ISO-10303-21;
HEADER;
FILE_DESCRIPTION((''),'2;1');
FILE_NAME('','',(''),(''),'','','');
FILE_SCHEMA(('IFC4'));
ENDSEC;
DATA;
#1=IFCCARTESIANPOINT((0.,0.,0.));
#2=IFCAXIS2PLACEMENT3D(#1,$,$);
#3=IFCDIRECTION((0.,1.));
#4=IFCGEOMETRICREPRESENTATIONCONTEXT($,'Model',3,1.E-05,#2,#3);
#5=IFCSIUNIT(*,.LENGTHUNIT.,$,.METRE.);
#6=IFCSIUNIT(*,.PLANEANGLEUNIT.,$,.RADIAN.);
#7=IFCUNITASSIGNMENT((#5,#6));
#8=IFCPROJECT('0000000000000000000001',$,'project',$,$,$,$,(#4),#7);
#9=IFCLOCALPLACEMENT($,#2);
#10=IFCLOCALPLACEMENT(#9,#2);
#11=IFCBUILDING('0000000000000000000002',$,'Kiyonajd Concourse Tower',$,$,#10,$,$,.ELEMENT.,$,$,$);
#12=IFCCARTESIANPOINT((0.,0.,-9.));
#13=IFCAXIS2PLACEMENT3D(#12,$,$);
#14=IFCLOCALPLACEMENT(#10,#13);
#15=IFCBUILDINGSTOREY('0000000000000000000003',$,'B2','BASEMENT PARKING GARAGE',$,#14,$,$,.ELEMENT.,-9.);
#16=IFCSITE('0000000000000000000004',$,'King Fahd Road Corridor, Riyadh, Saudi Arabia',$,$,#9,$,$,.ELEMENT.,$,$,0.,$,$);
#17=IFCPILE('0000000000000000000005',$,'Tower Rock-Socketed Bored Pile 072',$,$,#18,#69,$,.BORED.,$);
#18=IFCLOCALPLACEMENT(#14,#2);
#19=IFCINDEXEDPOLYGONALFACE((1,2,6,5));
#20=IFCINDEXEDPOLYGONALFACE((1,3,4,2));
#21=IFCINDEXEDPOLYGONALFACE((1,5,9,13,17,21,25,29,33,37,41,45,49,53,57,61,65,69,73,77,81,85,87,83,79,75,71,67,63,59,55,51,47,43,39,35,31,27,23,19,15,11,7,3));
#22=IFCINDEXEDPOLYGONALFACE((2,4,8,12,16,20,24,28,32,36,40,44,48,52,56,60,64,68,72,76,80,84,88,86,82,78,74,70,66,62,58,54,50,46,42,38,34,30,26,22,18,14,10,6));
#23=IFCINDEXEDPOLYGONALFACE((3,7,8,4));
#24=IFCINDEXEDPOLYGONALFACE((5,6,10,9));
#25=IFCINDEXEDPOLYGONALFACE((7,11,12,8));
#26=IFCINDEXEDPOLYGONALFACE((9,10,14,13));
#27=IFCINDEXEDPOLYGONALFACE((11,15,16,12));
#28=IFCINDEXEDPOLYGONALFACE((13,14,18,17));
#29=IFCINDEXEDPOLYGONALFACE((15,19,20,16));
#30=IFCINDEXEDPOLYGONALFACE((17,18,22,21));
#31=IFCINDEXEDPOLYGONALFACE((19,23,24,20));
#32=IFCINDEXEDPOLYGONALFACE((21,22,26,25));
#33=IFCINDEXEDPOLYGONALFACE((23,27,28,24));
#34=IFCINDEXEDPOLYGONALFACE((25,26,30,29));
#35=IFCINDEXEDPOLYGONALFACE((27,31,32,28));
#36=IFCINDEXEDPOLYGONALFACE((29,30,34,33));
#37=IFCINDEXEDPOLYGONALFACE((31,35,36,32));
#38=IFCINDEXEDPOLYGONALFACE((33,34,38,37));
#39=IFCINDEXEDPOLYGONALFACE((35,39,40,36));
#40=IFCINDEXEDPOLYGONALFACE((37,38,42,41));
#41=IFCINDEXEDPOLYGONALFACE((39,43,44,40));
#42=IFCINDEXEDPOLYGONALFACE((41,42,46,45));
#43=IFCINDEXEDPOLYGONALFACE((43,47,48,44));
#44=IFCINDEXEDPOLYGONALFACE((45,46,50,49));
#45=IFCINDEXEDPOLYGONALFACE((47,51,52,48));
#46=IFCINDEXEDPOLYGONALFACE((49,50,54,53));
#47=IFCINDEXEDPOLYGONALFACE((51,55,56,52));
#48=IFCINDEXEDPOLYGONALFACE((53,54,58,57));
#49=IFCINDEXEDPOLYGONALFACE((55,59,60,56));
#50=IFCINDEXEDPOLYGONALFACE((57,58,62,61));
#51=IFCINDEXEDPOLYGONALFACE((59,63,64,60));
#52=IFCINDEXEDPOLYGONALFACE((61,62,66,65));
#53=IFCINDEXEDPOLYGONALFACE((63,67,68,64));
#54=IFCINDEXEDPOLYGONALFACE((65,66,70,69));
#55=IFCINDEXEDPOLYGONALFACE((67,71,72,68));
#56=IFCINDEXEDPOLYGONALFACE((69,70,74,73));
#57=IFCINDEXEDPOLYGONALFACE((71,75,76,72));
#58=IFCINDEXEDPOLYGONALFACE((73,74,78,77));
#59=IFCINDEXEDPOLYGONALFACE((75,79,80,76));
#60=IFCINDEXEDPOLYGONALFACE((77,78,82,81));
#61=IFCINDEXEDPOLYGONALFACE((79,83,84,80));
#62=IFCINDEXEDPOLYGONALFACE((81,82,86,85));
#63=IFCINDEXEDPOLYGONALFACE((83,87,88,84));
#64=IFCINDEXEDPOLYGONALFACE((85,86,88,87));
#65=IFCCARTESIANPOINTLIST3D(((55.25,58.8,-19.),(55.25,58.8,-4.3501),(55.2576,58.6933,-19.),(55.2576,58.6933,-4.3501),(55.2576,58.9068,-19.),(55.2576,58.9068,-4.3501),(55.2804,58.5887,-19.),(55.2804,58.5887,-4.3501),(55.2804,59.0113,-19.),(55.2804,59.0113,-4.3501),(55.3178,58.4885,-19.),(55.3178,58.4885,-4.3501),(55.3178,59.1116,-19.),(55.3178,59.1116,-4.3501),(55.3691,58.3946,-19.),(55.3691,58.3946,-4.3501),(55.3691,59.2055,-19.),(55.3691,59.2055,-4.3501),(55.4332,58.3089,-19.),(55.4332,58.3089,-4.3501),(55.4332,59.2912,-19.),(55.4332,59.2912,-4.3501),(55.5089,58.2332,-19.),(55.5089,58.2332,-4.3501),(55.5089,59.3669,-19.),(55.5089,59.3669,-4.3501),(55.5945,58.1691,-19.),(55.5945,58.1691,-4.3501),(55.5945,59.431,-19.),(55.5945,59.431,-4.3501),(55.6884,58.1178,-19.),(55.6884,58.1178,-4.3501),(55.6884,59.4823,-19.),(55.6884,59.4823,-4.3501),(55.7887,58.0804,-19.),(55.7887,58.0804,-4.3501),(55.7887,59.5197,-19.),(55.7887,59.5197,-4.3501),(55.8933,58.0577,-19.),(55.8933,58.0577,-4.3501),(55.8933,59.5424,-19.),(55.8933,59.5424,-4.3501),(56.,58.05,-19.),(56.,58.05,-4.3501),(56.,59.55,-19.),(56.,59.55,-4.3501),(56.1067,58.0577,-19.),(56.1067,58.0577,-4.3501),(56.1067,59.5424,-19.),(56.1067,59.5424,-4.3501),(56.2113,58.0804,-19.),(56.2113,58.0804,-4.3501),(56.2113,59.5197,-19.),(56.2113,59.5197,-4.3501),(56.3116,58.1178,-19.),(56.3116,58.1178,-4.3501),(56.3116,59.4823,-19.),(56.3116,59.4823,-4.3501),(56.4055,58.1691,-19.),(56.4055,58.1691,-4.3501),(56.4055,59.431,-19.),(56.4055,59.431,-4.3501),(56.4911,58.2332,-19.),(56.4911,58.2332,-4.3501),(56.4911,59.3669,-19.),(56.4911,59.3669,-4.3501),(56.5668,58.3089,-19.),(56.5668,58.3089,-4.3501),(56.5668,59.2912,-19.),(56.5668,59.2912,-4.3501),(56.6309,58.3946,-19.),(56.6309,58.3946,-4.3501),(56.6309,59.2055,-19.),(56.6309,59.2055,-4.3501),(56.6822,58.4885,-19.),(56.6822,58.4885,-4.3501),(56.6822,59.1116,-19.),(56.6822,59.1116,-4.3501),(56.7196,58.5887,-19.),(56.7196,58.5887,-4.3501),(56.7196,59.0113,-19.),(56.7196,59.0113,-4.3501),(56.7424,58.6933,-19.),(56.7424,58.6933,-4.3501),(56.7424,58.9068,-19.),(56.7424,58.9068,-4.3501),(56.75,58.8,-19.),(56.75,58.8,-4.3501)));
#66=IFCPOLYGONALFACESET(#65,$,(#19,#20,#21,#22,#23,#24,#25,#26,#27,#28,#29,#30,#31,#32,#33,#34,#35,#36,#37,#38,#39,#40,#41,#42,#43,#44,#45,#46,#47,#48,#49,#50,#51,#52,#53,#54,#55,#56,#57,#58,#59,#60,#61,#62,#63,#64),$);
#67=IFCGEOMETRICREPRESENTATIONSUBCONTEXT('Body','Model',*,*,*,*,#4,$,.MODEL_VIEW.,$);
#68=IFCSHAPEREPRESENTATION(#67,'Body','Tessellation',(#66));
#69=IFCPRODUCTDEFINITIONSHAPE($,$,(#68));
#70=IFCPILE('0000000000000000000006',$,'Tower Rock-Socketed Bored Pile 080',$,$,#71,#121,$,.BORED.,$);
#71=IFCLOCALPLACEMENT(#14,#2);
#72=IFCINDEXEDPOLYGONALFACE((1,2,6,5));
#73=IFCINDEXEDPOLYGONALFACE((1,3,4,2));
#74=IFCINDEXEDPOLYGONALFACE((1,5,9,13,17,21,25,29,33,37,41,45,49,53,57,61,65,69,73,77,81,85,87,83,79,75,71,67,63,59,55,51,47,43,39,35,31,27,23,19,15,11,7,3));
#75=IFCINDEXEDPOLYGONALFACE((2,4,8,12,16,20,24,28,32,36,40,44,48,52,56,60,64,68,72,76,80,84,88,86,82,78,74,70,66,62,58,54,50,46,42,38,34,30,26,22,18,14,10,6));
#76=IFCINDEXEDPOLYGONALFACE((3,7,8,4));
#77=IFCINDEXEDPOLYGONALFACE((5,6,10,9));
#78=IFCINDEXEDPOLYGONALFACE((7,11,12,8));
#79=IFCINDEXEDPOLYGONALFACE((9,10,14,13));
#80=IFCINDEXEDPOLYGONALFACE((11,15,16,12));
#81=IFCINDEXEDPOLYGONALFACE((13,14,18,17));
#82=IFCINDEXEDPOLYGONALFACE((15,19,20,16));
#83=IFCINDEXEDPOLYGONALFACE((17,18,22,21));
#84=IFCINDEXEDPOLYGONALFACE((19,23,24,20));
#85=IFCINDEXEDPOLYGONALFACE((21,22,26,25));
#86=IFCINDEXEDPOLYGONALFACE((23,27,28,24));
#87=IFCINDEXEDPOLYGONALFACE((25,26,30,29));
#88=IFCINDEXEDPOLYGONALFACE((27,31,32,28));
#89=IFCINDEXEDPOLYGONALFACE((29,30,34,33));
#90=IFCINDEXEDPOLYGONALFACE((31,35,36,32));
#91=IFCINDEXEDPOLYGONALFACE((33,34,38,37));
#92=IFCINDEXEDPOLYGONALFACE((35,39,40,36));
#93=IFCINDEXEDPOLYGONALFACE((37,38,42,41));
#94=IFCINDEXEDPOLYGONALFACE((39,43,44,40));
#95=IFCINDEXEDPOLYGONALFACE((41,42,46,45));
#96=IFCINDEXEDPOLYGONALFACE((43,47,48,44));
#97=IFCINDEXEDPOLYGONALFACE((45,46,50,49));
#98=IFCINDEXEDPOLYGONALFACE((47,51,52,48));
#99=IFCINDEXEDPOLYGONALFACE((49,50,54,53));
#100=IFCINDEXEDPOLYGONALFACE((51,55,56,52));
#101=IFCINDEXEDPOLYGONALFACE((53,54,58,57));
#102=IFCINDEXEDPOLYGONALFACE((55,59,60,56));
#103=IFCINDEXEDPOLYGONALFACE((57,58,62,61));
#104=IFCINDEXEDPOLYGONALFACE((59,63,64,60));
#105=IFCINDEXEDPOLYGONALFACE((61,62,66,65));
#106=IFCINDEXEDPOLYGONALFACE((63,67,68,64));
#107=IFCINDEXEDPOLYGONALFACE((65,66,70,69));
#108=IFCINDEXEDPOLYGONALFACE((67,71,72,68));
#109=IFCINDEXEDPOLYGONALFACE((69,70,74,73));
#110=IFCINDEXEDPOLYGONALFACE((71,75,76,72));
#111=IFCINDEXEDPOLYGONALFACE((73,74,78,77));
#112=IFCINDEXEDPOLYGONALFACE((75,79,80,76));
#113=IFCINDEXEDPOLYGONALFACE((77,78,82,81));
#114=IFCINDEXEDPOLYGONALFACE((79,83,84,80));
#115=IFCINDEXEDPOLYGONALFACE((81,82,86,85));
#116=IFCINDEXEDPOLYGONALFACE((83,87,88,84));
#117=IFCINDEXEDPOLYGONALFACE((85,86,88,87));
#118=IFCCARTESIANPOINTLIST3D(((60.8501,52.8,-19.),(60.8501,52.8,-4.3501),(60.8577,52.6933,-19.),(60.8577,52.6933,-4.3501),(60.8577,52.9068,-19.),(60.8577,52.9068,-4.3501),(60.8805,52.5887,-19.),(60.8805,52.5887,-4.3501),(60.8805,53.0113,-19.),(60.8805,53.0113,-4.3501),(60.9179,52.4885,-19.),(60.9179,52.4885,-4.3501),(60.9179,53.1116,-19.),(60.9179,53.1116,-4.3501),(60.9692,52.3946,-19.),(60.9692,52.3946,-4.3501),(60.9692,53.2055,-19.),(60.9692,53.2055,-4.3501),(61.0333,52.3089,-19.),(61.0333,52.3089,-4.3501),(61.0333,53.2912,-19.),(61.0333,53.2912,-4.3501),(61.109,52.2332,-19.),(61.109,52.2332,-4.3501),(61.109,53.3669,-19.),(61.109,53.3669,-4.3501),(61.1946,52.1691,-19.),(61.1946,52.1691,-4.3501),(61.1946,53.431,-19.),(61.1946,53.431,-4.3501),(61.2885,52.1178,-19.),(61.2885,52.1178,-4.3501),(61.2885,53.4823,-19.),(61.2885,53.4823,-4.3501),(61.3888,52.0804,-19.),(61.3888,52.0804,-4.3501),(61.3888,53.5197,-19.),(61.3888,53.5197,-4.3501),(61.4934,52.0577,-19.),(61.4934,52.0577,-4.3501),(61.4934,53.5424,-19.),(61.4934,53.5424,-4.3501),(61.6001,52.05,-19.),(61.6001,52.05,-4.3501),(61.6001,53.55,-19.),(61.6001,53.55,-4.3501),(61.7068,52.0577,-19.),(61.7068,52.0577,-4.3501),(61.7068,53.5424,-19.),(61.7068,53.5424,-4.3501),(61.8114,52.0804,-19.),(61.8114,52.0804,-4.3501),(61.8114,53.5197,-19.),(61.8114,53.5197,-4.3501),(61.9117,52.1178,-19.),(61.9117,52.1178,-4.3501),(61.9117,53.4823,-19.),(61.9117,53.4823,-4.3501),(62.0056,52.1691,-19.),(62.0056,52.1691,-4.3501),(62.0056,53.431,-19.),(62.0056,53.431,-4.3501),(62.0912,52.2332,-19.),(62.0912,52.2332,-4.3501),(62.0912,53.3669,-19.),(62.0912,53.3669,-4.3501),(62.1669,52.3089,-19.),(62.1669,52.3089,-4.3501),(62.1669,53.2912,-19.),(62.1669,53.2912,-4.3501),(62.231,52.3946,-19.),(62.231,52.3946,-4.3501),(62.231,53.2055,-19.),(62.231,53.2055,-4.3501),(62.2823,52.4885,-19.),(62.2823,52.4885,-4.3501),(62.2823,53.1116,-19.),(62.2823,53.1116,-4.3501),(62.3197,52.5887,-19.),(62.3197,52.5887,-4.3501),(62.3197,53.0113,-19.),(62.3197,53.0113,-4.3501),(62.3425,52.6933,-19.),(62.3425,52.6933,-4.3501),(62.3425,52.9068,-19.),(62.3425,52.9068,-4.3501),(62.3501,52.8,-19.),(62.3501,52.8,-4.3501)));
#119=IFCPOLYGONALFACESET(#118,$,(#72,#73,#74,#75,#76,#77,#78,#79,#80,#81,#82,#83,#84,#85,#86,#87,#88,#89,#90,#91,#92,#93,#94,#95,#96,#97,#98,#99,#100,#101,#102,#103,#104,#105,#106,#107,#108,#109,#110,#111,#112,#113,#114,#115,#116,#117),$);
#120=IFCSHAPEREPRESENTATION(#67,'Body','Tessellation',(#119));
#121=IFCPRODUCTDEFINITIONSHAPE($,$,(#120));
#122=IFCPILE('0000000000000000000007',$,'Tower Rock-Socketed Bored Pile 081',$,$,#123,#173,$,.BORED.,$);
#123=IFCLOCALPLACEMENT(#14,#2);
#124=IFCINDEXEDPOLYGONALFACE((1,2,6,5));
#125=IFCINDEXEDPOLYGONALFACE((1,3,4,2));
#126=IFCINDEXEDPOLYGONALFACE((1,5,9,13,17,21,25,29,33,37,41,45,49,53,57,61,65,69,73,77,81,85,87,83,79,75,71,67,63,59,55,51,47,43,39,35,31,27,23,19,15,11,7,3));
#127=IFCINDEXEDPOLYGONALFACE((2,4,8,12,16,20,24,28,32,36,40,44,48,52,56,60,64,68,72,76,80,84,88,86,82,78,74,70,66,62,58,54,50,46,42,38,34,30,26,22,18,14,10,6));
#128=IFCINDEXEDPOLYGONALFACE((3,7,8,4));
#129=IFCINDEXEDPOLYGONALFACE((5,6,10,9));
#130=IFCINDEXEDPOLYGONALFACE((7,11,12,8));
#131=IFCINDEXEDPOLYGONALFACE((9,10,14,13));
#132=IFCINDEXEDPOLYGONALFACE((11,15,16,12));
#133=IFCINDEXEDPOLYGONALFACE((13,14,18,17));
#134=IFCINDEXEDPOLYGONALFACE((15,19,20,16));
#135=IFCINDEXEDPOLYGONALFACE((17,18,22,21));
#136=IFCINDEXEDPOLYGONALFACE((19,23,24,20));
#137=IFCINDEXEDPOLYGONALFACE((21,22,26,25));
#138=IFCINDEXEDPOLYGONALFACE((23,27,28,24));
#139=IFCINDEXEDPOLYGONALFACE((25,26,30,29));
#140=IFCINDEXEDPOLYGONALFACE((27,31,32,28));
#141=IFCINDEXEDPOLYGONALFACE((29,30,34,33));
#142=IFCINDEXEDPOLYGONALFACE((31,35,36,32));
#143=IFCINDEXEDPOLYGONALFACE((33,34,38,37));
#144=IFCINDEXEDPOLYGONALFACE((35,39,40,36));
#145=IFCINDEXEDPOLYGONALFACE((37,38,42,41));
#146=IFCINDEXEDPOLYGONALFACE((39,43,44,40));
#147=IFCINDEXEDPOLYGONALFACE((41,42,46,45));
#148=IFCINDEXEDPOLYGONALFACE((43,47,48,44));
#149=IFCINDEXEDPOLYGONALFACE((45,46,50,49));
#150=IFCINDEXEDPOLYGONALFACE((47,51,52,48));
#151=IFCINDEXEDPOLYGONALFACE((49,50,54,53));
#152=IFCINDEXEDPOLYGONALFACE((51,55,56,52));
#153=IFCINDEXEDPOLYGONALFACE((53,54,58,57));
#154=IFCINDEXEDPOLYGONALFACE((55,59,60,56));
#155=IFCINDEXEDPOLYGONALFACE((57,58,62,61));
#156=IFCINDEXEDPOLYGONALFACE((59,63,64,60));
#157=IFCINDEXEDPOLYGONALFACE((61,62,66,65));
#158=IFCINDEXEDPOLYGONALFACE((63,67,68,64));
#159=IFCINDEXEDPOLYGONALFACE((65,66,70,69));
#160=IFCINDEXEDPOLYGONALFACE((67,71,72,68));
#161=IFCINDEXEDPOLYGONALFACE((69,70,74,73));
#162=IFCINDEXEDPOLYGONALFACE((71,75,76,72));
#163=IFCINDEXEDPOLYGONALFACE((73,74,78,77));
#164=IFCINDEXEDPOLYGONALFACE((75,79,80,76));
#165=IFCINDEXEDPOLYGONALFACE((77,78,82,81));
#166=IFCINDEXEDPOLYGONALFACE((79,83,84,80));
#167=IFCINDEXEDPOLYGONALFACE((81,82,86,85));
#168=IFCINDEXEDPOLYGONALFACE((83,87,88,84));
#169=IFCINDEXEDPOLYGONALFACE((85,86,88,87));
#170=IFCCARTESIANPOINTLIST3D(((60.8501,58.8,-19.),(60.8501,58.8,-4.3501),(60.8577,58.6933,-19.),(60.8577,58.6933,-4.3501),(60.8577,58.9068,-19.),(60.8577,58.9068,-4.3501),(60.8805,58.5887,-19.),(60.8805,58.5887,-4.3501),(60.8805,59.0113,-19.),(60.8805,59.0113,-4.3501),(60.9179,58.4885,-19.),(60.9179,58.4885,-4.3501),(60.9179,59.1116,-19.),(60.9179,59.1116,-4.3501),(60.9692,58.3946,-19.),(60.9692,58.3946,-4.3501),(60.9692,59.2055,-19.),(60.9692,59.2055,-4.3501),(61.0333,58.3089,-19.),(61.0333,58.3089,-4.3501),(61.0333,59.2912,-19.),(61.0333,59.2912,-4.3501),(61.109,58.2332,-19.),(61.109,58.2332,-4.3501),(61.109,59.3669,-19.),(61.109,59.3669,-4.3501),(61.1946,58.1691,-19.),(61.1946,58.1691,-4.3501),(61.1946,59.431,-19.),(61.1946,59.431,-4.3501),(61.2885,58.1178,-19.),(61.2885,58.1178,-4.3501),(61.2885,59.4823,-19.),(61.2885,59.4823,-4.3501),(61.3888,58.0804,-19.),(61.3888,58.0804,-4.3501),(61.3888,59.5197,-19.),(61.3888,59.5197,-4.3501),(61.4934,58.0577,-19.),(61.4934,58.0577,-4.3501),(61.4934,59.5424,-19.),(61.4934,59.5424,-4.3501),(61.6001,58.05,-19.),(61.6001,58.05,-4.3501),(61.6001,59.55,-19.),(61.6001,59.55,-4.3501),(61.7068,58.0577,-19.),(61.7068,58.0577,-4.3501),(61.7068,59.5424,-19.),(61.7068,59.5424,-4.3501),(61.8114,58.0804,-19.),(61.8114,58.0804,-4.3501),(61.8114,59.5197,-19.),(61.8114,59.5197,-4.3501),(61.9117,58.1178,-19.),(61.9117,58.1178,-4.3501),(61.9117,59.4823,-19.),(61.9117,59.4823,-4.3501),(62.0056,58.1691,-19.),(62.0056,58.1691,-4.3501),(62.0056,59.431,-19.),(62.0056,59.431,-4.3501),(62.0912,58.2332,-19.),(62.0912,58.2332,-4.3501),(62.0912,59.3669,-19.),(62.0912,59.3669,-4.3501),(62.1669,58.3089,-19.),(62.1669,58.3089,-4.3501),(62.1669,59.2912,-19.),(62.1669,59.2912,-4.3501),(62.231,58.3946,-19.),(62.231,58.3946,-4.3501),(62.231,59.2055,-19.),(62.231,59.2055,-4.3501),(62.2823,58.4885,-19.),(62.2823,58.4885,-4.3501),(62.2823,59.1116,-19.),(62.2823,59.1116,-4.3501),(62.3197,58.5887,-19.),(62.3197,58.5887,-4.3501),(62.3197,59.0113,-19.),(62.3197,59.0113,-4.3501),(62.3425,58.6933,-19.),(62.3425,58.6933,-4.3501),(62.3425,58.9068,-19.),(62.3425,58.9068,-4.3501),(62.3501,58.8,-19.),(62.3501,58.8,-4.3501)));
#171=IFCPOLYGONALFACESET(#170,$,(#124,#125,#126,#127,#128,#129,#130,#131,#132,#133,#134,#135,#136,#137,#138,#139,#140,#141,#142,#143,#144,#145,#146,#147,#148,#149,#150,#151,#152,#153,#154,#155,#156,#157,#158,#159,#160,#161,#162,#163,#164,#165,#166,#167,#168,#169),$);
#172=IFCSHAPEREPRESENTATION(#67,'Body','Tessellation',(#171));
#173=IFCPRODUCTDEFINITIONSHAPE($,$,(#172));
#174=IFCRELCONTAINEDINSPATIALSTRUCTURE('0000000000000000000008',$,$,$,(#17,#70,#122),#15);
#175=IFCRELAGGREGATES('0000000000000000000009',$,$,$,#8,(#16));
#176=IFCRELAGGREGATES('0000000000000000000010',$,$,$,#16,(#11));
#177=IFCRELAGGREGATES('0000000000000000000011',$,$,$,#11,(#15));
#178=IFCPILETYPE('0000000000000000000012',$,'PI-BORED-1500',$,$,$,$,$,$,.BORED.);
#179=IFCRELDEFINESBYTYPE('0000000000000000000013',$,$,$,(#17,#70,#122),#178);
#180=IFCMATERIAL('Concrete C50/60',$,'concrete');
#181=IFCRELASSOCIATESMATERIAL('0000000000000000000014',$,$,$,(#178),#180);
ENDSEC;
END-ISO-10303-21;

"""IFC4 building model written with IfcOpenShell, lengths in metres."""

from ifc_helpers import new_model, si_unit, direction, frame, origin, origin_2d, place, context, subcontext, project, spatial, circle, extrude, material, material_profile, profile_set, type_object, element, save


model = new_model("IFC4")

# Units and contexts
model_context = context("Model", 3, precision=1e-05, world=origin(), true_north=direction((0.0, 1.0)))
body_context = subcontext(model_context, "Body", "Model", "MODEL_VIEW")
ifc_project = project(units=[si_unit("LENGTHUNIT", "METRE"), si_unit("PLANEANGLEUNIT", "RADIAN")], contexts=[model_context])

# Site, building, storey
site_placement = place(None, origin())
site = spatial("IfcSite", under=ifc_project, at=site_placement, Name="King Fahd Road Corridor, Riyadh, Saudi Arabia", CompositionType="ELEMENT", RefElevation=0.0)
building_placement = place(site_placement, origin())
building = spatial("IfcBuilding", under=site, at=building_placement, Name="Kiyonajd Concourse Tower", CompositionType="ELEMENT")
storey_placement = place(building_placement, frame((0.0, 0.0, -9.0)))
storey = spatial("IfcBuildingStorey", under=building, at=storey_placement, Name="B2", Description="BASEMENT PARKING GARAGE", CompositionType="ELEMENT", Elevation=-9.0)

# Piles
ifc_material_1 = material(Name="Concrete C50/60", Category="concrete")
ifc_material_profile_1 = material_profile(ifc_material_1, circle(Radius=0.75, at=origin_2d()), Name="PILE-D1500")
ifc_profile_set_1 = profile_set([ifc_material_profile_1], Name="Concrete C50/60")
pile_type = type_object("IfcPileType", Name="PI-BORED-1500", PredefinedType="BORED", material=ifc_profile_set_1)
for number, where, z_axis, x_axis, name in (
    (1, (56.0, 58.8, -4.3501), (0.0, 0.0, -1.0), (1.0, 0.0, 0.0), "Tower Rock-Socketed Bored Pile 072"),
    (2, (61.6001, 52.8, -4.3501), (0.0, 0.0, -1.0), (1.0, 0.0, 0.0), "Tower Rock-Socketed Bored Pile 080"),
    (3, (61.6001, 58.8, -4.3501), (0.0, 0.0, -1.0), (1.0, 0.0, 0.0), "Tower Rock-Socketed Bored Pile 081"),
):
    element("IfcPile", number, at=place(storey_placement, frame(where, z_axis=z_axis, x_axis=x_axis)), inside=storey, type_object=pile_type, Name=name, PredefinedType="BORED", context=body_context, shape_type="SweptSolid", body=[
        extrude(circle(Radius=0.75, at=origin_2d()), origin(), (0.0, 0.0, 1.0), 14.6499),
    ])

save(model, "model.ifc")
